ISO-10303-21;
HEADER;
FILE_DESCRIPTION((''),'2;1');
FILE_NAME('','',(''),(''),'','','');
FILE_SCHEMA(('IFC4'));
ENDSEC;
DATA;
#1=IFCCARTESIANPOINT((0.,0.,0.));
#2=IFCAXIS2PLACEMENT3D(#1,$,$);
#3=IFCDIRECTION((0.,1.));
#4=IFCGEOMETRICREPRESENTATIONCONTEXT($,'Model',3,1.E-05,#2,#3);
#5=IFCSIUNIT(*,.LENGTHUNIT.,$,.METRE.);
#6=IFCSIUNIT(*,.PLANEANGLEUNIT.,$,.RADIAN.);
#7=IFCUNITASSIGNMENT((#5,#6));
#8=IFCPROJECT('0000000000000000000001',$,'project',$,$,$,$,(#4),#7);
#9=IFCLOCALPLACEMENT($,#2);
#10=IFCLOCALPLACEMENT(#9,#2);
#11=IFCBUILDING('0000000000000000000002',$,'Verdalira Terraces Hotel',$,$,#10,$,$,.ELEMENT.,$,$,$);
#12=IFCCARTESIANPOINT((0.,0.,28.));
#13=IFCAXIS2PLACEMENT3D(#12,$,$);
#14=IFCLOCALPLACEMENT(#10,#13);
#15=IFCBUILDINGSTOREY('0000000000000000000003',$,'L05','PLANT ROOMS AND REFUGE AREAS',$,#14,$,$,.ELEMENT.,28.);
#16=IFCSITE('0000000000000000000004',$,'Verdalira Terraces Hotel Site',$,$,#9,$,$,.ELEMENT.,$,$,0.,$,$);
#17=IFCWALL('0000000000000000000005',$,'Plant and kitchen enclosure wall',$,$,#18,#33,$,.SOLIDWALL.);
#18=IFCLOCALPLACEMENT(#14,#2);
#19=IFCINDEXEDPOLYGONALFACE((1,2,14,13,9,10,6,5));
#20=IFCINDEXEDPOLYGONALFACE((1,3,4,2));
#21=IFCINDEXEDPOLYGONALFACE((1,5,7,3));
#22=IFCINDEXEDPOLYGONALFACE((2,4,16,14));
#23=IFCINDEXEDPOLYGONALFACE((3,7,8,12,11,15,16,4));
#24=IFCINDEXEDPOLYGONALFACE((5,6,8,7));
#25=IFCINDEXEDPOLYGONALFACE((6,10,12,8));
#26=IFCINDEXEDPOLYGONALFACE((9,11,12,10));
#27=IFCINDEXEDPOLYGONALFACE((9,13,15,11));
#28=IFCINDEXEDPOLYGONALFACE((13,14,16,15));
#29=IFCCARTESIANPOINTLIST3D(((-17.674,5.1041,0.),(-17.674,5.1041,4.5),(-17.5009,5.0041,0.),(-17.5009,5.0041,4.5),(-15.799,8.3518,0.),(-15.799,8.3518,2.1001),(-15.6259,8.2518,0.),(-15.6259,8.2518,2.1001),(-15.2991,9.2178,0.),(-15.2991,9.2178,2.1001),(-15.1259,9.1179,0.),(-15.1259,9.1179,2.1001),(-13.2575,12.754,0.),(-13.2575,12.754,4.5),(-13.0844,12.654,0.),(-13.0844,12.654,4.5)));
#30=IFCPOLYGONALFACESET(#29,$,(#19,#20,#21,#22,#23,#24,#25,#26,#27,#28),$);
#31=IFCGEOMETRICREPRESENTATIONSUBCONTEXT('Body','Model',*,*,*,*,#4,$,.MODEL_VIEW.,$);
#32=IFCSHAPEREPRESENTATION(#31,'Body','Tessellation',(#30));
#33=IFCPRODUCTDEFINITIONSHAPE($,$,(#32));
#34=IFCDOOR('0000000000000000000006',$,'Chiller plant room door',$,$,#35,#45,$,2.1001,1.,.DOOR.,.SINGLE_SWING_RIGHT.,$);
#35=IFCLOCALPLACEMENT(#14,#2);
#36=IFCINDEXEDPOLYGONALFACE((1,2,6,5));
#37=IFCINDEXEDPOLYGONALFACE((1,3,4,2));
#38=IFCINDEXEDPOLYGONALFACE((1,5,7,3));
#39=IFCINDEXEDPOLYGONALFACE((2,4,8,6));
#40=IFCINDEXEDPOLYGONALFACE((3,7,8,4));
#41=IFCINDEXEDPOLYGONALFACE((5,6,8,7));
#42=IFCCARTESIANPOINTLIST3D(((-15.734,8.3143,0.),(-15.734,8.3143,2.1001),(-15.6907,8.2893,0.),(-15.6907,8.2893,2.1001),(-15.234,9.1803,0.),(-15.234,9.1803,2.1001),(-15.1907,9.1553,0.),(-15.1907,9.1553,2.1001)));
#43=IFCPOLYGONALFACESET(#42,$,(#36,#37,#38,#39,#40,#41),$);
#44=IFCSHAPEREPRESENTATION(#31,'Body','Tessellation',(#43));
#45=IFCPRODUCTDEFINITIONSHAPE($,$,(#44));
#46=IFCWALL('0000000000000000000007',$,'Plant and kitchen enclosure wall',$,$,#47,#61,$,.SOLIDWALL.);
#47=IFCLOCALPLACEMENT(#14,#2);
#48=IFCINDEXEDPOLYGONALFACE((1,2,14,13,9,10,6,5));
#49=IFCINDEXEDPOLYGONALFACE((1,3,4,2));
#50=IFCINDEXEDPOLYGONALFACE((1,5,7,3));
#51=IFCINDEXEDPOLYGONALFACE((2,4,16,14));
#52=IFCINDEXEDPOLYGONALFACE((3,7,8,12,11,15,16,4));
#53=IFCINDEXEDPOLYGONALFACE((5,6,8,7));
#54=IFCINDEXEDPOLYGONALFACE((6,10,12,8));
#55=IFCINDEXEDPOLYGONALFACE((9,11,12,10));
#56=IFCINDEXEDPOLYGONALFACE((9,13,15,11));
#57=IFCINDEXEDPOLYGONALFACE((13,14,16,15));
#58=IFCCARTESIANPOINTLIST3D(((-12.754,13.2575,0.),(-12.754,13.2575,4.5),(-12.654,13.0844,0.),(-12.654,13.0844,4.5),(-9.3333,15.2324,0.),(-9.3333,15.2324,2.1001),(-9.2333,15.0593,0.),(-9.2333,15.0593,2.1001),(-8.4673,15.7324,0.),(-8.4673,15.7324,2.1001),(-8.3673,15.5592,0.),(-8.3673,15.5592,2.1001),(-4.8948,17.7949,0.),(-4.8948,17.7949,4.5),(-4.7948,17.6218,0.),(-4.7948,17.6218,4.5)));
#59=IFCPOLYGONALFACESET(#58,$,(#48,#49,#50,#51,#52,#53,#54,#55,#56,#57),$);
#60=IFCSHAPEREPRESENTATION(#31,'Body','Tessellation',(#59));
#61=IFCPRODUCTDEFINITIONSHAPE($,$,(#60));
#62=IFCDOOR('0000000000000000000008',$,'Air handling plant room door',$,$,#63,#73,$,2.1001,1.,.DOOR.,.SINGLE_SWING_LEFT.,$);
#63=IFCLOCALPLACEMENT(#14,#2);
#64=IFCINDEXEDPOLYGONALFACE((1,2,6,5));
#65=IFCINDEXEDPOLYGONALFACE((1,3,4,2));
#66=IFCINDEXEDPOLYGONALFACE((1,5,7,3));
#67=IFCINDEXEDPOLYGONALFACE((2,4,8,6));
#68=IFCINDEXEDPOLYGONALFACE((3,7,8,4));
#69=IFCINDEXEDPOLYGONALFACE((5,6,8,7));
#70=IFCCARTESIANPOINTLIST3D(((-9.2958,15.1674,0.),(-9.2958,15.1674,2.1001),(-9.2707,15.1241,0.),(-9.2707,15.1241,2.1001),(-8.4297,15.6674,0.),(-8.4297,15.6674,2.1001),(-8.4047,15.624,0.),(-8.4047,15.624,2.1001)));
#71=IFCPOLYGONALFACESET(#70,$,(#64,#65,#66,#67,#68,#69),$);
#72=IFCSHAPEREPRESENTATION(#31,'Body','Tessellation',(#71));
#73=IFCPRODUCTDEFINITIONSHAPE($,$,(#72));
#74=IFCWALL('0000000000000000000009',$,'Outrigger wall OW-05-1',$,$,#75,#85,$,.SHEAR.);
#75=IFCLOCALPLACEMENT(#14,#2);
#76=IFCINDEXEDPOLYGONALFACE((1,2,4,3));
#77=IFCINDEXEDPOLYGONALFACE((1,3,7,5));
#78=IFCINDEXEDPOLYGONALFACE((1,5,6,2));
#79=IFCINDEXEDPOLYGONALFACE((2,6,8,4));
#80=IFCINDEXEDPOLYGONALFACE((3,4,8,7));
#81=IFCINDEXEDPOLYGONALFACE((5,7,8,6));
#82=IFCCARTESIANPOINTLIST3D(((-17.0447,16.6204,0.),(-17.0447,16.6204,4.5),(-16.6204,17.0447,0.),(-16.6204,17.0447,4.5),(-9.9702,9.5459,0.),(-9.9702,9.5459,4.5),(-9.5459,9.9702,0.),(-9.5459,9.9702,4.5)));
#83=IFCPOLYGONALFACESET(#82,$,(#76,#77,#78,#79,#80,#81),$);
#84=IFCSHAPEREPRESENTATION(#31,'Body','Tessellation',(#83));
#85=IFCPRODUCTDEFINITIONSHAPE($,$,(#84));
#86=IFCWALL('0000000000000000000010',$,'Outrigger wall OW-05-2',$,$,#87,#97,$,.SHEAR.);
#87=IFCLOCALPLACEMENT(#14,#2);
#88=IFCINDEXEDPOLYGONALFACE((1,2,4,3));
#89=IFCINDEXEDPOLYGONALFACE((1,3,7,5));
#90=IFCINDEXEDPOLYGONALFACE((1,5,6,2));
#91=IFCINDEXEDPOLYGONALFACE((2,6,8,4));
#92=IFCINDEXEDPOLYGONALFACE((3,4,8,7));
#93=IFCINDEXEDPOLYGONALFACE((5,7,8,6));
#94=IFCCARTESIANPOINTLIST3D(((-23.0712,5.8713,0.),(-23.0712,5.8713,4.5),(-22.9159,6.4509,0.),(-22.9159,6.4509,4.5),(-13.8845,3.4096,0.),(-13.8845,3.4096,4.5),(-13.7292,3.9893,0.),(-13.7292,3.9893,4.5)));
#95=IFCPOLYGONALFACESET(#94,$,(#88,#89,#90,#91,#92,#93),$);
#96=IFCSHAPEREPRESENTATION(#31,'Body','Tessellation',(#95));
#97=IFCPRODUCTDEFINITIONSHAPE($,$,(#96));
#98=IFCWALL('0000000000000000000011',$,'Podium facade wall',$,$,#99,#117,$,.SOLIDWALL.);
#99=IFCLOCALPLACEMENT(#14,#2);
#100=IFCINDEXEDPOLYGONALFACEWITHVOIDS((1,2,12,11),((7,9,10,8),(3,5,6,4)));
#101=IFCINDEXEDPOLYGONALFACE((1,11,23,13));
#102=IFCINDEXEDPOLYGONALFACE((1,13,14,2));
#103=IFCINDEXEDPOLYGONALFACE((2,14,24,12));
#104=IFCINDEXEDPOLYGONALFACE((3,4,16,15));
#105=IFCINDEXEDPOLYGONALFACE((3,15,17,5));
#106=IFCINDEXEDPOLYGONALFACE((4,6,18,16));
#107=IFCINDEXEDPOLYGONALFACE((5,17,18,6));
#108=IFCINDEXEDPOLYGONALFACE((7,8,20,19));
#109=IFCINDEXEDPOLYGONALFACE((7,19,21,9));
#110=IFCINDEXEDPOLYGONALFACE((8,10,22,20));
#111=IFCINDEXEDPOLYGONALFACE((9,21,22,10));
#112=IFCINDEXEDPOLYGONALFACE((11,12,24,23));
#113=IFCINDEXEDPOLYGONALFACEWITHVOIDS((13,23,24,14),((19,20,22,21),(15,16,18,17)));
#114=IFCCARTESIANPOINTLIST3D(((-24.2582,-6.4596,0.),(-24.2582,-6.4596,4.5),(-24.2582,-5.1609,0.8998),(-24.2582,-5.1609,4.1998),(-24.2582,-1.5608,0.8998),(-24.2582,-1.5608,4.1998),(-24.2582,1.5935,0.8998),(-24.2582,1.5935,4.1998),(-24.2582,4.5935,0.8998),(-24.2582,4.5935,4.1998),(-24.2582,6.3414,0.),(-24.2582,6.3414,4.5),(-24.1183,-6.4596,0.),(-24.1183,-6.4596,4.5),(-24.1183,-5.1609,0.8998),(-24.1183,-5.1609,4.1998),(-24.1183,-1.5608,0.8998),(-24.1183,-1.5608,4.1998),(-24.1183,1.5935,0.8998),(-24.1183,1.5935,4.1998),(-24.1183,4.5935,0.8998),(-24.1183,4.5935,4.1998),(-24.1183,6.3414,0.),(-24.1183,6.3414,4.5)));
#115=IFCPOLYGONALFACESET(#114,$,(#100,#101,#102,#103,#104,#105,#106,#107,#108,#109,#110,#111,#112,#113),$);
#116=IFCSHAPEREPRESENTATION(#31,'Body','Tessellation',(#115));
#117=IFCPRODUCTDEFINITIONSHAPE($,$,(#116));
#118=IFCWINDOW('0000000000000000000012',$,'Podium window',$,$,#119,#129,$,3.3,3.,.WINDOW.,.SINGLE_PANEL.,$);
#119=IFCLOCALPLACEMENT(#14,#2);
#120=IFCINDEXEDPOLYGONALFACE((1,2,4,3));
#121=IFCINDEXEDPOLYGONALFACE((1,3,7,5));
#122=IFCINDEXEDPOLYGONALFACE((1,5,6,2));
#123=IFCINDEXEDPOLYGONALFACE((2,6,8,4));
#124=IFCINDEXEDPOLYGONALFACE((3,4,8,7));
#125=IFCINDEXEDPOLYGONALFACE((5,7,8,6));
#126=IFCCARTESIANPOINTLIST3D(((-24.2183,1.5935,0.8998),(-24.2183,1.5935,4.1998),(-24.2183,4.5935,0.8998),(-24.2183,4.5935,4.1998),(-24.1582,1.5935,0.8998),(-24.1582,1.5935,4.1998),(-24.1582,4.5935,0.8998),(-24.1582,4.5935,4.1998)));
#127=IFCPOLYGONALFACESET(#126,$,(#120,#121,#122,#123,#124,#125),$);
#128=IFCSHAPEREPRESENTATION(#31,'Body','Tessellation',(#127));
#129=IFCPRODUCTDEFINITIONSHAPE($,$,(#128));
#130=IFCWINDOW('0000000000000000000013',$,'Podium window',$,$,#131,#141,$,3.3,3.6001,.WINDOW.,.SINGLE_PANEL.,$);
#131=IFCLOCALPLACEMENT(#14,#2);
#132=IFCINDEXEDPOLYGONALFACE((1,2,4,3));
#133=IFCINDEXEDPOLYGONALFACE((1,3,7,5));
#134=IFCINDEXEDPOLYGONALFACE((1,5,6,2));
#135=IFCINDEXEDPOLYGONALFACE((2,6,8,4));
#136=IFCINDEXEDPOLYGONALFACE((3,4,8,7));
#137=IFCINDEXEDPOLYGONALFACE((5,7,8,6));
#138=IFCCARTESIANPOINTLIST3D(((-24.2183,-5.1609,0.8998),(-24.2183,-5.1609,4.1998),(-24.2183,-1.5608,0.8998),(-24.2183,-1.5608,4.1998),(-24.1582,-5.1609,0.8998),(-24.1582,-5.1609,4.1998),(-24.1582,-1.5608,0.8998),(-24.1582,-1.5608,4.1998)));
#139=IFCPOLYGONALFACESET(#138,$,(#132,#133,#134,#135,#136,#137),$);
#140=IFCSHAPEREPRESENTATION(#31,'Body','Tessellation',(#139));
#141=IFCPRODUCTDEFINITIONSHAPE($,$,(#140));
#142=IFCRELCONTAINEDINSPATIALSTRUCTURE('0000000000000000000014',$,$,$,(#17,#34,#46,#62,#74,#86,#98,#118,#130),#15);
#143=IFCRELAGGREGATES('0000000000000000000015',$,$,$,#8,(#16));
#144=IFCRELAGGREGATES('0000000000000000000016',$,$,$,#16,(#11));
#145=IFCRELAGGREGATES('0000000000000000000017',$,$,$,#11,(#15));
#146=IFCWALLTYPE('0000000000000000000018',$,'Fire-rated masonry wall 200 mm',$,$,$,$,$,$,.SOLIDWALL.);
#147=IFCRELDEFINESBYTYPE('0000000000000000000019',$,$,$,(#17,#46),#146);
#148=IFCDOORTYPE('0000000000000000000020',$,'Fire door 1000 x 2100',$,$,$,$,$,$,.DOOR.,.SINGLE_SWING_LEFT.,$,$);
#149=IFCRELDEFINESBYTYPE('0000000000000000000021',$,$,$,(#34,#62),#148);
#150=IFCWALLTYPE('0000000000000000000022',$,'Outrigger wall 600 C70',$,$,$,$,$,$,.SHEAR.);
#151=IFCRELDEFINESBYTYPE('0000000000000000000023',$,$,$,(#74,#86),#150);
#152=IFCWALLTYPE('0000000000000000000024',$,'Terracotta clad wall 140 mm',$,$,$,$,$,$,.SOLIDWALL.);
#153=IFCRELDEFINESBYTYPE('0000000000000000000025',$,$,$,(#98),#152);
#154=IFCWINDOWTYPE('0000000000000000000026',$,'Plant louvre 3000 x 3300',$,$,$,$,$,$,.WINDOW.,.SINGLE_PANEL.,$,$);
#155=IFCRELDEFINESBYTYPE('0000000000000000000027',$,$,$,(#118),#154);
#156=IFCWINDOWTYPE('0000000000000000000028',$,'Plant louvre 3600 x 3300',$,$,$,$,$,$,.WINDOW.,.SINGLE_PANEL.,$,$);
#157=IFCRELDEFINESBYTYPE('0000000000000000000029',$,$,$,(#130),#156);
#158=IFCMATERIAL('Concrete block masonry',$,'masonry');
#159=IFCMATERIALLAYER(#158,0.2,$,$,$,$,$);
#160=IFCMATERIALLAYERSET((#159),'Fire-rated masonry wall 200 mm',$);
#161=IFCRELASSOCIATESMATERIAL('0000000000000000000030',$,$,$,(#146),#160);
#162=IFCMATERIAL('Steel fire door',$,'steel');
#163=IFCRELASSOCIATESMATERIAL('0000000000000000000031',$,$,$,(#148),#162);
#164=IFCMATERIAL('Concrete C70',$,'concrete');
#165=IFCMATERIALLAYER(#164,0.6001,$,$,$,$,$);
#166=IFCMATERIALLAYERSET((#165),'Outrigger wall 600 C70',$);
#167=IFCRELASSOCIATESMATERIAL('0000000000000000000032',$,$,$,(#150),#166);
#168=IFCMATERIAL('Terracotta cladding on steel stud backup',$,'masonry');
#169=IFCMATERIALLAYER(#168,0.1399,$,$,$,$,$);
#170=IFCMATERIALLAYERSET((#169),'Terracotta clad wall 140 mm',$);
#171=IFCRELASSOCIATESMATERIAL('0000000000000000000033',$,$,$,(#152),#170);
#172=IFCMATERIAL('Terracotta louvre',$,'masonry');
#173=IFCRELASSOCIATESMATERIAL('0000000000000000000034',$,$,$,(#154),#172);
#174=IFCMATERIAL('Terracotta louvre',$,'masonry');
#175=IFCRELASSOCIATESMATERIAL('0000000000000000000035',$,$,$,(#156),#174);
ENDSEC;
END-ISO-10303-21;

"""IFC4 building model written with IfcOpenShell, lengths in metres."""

from ifc_helpers import new_model, si_unit, direction, frame, frame_2d, origin, place, context, subcontext, project, spatial, rectangle, extrude, material, layer, layer_set, type_object, element, fill, save


model = new_model("IFC4")

# Units and contexts
model_context = context("Model", 3, precision=1e-05, world=origin(), true_north=direction((0.0, 1.0)))
body_context = subcontext(model_context, "Body", "Model", "MODEL_VIEW")
ifc_project = project(units=[si_unit("LENGTHUNIT", "METRE"), si_unit("PLANEANGLEUNIT", "RADIAN")], contexts=[model_context])

# Site, building, storey
site_placement = place(None, origin())
site = spatial("IfcSite", under=ifc_project, at=site_placement, Name="Verdalira Terraces Hotel Site", CompositionType="ELEMENT", RefElevation=0.0)
building_placement = place(site_placement, origin())
building = spatial("IfcBuilding", under=site, at=building_placement, Name="Verdalira Terraces Hotel", CompositionType="ELEMENT")
storey_placement = place(building_placement, frame((0.0, 0.0, 28.0)))
storey = spatial("IfcBuildingStorey", under=building, at=storey_placement, Name="L05", Description="PLANT ROOMS AND REFUGE AREAS", CompositionType="ELEMENT", Elevation=28.0)

# Walls, openings, doors
ifc_material_1 = material(Name="Concrete block masonry", Category="masonry")
ifc_layer_1 = layer(ifc_material_1, 0.2)
ifc_layer_set_1 = layer_set([ifc_layer_1], Name="Fire-rated masonry wall 200 mm")
wall_type_1 = type_object("IfcWallType", Name="Fire-rated masonry wall 200 mm", PredefinedType="SOLIDWALL", material=ifc_layer_set_1)
wall_1_placement = place(storey_placement, frame((-17.5874, 5.0542, 0.0), z_axis=(0.0, 0.0, 1.0), x_axis=(0.499986, 0.866034, 0.0)))
wall_1 = element("IfcWall", 1, at=wall_1_placement, inside=storey, type_object=wall_type_1, Name="Plant and kitchen enclosure wall", PredefinedType="SOLIDWALL", context=body_context, shape_type="SweptSolid", body=[
    extrude(rectangle(XDim=8.8333, YDim=0.2, at=frame_2d((4.4165, 0.0))), origin(), (0.0, 0.0, 1.0), 4.5),
])
opening_1_placement = place(wall_1_placement, frame((3.75, 0.0, 0.0)))
opening_1 = element("IfcOpeningElement", 2, at=opening_1_placement, cuts=wall_1, PredefinedType="OPENING", context=body_context, shape_type="SweptSolid", body=[
    extrude(rectangle(XDim=1.0, YDim=2.1001, at=frame_2d((0.5, 1.05))), frame((0.0, 0.1099, 0.0), z_axis=(0.0, -1.0, 0.0), x_axis=(1.0, 0.0, 0.0)), (0.0, 0.0, 1.0), 0.22),
])
ifc_material_2 = material(Name="Steel fire door", Category="steel")
door_type_1 = type_object("IfcDoorType", Name="Fire door 1000 x 2100", OperationType="SINGLE_SWING_LEFT", PredefinedType="DOOR", material=ifc_material_2)
door_1_placement = place(opening_1_placement, origin())
door_1 = element("IfcDoor", 3, at=door_1_placement, inside=storey, type_object=door_type_1, Name="Chiller plant room door", OperationType="SINGLE_SWING_RIGHT", OverallHeight=2.1001, OverallWidth=1.0, PredefinedType="DOOR", context=body_context, shape_type="SweptSolid", body=[
    extrude(rectangle(XDim=1.0, YDim=2.1001, at=frame_2d((0.5, 1.05))), frame((0.0, 0.0249, 0.0), z_axis=(0.0, -1.0, 0.0), x_axis=(1.0, 0.0, 0.0)), (0.0, 0.0, 1.0), 0.05),
])
fill(opening_1, door_1)
wall_2_placement = place(storey_placement, frame((-12.7041, 13.1709, 0.0), z_axis=(0.0, 0.0, 1.0), x_axis=(0.866031, 0.49999, 0.0)))
wall_2 = element("IfcWall", 4, at=wall_2_placement, inside=storey, type_object=wall_type_1, Name="Plant and kitchen enclosure wall", PredefinedType="SOLIDWALL", context=body_context, shape_type="SweptSolid", body=[
    extrude(rectangle(XDim=9.075, YDim=0.2, at=frame_2d((4.5376, 0.0))), origin(), (0.0, 0.0, 1.0), 4.5),
])
opening_2_placement = place(wall_2_placement, frame((3.95, 0.0, 0.0)))
opening_2 = element("IfcOpeningElement", 5, at=opening_2_placement, cuts=wall_2, PredefinedType="OPENING", context=body_context, shape_type="SweptSolid", body=[
    extrude(rectangle(XDim=1.0, YDim=2.1001, at=frame_2d((0.5, 1.05))), frame((0.0, 0.1099, 0.0), z_axis=(0.0, -1.0, 0.0), x_axis=(1.0, 0.0, 0.0)), (0.0, 0.0, 1.0), 0.22),
])
door_2_placement = place(opening_2_placement, origin())
door_2 = element("IfcDoor", 6, at=door_2_placement, inside=storey, type_object=door_type_1, Name="Air handling plant room door", OperationType="SINGLE_SWING_LEFT", OverallHeight=2.1001, OverallWidth=1.0, PredefinedType="DOOR", context=body_context, shape_type="SweptSolid", body=[
    extrude(rectangle(XDim=1.0, YDim=2.1001, at=frame_2d((0.5, 1.05))), frame((0.0, 0.0249, 0.0), z_axis=(0.0, -1.0, 0.0), x_axis=(1.0, 0.0, 0.0)), (0.0, 0.0, 1.0), 0.05),
])
fill(opening_2, door_2)

# Walls
ifc_material_3 = material(Name="Concrete C70", Category="concrete")
ifc_layer_2 = layer(ifc_material_3, 0.6001)
ifc_layer_set_2 = layer_set([ifc_layer_2], Name="Outrigger wall 600 C70")
wall_type_2 = type_object("IfcWallType", Name="Outrigger wall 600 C70", PredefinedType="SHEAR", material=ifc_layer_set_2)
wall_3_placement = place(storey_placement, frame((-9.7581, 9.7581, 0.0), z_axis=(0.0, 0.0, 1.0), x_axis=(-0.707107, 0.707107, 0.0)))
element("IfcWall", 7, at=wall_3_placement, inside=storey, type_object=wall_type_2, Name="Outrigger wall OW-05-1", PredefinedType="SHEAR", context=body_context, shape_type="SweptSolid", body=[
    extrude(rectangle(XDim=10.0049, YDim=0.6001, at=frame_2d((5.0024, 0.0))), origin(), (0.0, 0.0, 1.0), 4.5),
])
wall_4_placement = place(storey_placement, frame((-13.8069, 3.6995, 0.0), z_axis=(0.0, 0.0, 1.0), x_axis=(-0.965924, 0.258827, 0.0)))
element("IfcWall", 8, at=wall_4_placement, inside=storey, type_object=wall_type_2, Name="Outrigger wall OW-05-2", PredefinedType="SHEAR", context=body_context, shape_type="SweptSolid", body=[
    extrude(rectangle(XDim=9.5107, YDim=0.6001, at=frame_2d((4.7554, 0.0))), origin(), (0.0, 0.0, 1.0), 4.5),
])

# Wall, openings, windows
ifc_material_4 = material(Name="Terracotta cladding on steel stud backup", Category="masonry")
ifc_layer_3 = layer(ifc_material_4, 0.1399)
ifc_layer_set_3 = layer_set([ifc_layer_3], Name="Terracotta clad wall 140 mm")
wall_type_3 = type_object("IfcWallType", Name="Terracotta clad wall 140 mm", PredefinedType="SOLIDWALL", material=ifc_layer_set_3)
wall_5_placement = place(storey_placement, frame((-24.1882, 6.3413, 0.0), z_axis=(0.0, 0.0, 1.0), x_axis=(0.0, -1.0, 0.0)))
wall_5 = element("IfcWall", 9, at=wall_5_placement, inside=storey, type_object=wall_type_3, Name="Podium facade wall", PredefinedType="SOLIDWALL", context=body_context, shape_type="SweptSolid", body=[
    extrude(rectangle(XDim=12.801, YDim=0.1399, at=frame_2d((6.4004, 0.0))), origin(), (0.0, 0.0, 1.0), 4.5),
])
opening_3_placement = place(wall_5_placement, frame((1.7478, 0.0, 0.8999)))
opening_3 = element("IfcOpeningElement", 10, at=opening_3_placement, cuts=wall_5, PredefinedType="OPENING", context=body_context, shape_type="SweptSolid", body=[
    extrude(rectangle(XDim=3.0, YDim=3.3, at=frame_2d((1.5, 1.6499))), frame((0.0, 0.0798, 0.0), z_axis=(0.0, -1.0, 0.0), x_axis=(1.0, 0.0, 0.0)), (0.0, 0.0, 1.0), 0.1599),
])
opening_4_placement = place(wall_5_placement, frame((7.9021, 0.0, 0.8999)))
opening_4 = element("IfcOpeningElement", 11, at=opening_4_placement, cuts=wall_5, PredefinedType="OPENING", context=body_context, shape_type="SweptSolid", body=[
    extrude(rectangle(XDim=3.6001, YDim=3.3, at=frame_2d((1.8, 1.6499))), frame((0.0, 0.0798, 0.0), z_axis=(0.0, -1.0, 0.0), x_axis=(1.0, 0.0, 0.0)), (0.0, 0.0, 1.0), 0.1599),
])
ifc_material_5 = material(Name="Terracotta louvre", Category="masonry")
window_type_1 = type_object("IfcWindowType", Name="Plant louvre 3000 x 3300", PartitioningType="SINGLE_PANEL", PredefinedType="WINDOW", material=ifc_material_5)
window_1_placement = place(opening_3_placement, origin())
window_1 = element("IfcWindow", 12, at=window_1_placement, inside=storey, type_object=window_type_1, Name="Podium window", OverallHeight=3.3, OverallWidth=3.0, PartitioningType="SINGLE_PANEL", PredefinedType="WINDOW", context=body_context, shape_type="SweptSolid", body=[
    extrude(rectangle(XDim=3.0, YDim=3.3, at=frame_2d((1.5, 1.6499))), frame((0.0, 0.03, 0.0), z_axis=(0.0, -1.0, 0.0), x_axis=(1.0, 0.0, 0.0)), (0.0, 0.0, 1.0), 0.0601),
])
fill(opening_3, window_1)
ifc_material_6 = material(Name="Terracotta louvre", Category="masonry")
window_type_2 = type_object("IfcWindowType", Name="Plant louvre 3600 x 3300", PartitioningType="SINGLE_PANEL", PredefinedType="WINDOW", material=ifc_material_6)
window_2_placement = place(opening_4_placement, origin())
window_2 = element("IfcWindow", 13, at=window_2_placement, inside=storey, type_object=window_type_2, Name="Podium window", OverallHeight=3.3, OverallWidth=3.6001, PartitioningType="SINGLE_PANEL", PredefinedType="WINDOW", context=body_context, shape_type="SweptSolid", body=[
    extrude(rectangle(XDim=3.6001, YDim=3.3, at=frame_2d((1.8, 1.6499))), frame((0.0, 0.03, 0.0), z_axis=(0.0, -1.0, 0.0), x_axis=(1.0, 0.0, 0.0)), (0.0, 0.0, 1.0), 0.0601),
])
fill(opening_4, window_2)

save(model, "model.ifc")
